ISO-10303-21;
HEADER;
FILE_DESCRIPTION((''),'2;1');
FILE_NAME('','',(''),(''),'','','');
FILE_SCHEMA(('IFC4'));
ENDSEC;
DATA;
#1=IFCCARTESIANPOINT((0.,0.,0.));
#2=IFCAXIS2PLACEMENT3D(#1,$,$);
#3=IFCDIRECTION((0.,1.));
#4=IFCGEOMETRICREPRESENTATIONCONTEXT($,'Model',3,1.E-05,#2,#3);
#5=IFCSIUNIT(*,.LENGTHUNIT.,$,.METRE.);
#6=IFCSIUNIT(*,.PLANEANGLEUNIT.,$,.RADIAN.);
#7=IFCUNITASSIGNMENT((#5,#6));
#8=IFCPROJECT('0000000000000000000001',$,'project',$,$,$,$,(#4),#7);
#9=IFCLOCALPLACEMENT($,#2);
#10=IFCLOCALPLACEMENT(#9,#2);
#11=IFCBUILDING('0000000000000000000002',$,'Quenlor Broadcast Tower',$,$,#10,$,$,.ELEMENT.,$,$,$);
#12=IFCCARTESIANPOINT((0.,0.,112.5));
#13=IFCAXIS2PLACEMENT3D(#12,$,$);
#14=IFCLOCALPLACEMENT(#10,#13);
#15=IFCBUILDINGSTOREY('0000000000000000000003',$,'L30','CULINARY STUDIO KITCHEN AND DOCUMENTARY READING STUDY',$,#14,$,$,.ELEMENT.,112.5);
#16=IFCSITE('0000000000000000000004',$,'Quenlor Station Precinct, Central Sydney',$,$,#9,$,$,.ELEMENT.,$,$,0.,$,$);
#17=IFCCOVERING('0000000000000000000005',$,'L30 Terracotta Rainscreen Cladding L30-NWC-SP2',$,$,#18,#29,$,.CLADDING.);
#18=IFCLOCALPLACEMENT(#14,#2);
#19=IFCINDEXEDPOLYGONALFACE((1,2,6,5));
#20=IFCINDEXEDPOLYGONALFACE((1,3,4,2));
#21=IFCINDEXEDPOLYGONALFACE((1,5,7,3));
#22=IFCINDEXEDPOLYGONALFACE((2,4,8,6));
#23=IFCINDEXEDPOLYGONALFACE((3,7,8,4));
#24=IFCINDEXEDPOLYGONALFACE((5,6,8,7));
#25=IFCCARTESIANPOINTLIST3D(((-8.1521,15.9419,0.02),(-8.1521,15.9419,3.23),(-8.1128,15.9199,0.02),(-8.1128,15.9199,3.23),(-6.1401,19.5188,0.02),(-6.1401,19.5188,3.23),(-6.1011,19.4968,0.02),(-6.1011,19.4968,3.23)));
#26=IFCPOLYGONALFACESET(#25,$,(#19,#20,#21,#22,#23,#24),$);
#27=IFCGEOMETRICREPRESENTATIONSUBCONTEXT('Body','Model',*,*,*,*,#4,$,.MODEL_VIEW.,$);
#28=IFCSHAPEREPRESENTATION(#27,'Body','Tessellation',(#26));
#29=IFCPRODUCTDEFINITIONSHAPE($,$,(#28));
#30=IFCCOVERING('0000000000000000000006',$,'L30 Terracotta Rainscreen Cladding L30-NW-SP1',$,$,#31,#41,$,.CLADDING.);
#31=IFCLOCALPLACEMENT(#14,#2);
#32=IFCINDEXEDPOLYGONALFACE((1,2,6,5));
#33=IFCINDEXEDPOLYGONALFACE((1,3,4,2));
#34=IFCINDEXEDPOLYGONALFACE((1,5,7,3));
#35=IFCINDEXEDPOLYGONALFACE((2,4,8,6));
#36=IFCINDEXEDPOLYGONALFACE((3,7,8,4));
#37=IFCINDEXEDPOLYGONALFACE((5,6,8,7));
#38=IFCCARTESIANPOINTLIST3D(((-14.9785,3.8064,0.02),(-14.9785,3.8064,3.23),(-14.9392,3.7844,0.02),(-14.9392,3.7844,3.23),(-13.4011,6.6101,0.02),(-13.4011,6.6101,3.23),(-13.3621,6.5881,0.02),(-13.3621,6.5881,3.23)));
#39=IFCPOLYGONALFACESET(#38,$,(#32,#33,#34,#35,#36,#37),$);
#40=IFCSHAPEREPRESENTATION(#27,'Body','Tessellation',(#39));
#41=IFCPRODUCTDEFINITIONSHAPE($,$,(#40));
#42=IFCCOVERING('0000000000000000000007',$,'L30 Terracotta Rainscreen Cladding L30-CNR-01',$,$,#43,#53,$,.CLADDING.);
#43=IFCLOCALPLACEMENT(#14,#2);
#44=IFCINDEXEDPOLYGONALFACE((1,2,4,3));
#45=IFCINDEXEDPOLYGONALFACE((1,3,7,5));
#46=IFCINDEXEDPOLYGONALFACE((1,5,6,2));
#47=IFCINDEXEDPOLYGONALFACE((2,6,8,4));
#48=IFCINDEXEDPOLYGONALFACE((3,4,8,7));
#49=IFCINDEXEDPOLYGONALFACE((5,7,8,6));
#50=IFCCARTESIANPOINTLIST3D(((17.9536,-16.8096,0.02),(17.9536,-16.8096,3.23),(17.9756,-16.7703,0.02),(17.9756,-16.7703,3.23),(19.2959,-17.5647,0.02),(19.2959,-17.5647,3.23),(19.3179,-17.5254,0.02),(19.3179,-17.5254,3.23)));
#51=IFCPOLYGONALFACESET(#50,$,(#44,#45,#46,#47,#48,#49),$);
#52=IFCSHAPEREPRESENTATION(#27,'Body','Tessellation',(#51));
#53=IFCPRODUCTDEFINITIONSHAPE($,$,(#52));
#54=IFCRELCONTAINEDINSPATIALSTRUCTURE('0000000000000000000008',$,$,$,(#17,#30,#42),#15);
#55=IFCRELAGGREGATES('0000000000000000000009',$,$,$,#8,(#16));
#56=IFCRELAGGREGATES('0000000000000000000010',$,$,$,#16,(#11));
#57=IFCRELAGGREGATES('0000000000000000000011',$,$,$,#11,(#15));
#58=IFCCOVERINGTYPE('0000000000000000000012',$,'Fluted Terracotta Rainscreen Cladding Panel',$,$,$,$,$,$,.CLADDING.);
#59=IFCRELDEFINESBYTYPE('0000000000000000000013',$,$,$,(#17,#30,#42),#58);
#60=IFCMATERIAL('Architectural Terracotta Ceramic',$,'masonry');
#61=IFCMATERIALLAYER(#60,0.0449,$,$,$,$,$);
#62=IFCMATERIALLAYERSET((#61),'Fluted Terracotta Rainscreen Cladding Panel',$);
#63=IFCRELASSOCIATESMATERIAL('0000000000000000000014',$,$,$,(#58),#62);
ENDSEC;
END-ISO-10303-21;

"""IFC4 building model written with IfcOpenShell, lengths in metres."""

from ifc_helpers import new_model, si_unit, direction, frame, origin, place, context, subcontext, project, spatial, polyline, outline, extrude, material, layer, layer_set, type_object, element, save


model = new_model("IFC4")

# Units and contexts
model_context = context("Model", 3, precision=1e-05, world=origin(), true_north=direction((0.0, 1.0)))
body_context = subcontext(model_context, "Body", "Model", "MODEL_VIEW")
ifc_project = project(units=[si_unit("LENGTHUNIT", "METRE"), si_unit("PLANEANGLEUNIT", "RADIAN")], contexts=[model_context])

# Site, building, storey
site_placement = place(None, origin())
site = spatial("IfcSite", under=ifc_project, at=site_placement, Name="Quenlor Station Precinct, Central Sydney", CompositionType="ELEMENT", RefElevation=0.0)
building_placement = place(site_placement, origin())
building = spatial("IfcBuilding", under=site, at=building_placement, Name="Quenlor Broadcast Tower", CompositionType="ELEMENT")
storey_placement = place(building_placement, frame((0.0, 0.0, 112.5)))
storey = spatial("IfcBuildingStorey", under=building, at=storey_placement, Name="L30", Description="CULINARY STUDIO KITCHEN AND DOCUMENTARY READING STUDY", CompositionType="ELEMENT", Elevation=112.5)

# Coverings
ifc_material = material(Name="Architectural Terracotta Ceramic", Category="masonry")
ifc_layer = layer(ifc_material, 0.0449)
ifc_layer_set = layer_set([ifc_layer], Name="Fluted Terracotta Rainscreen Cladding Panel")
covering_type = type_object("IfcCoveringType", Name="Fluted Terracotta Rainscreen Cladding Panel", PredefinedType="CLADDING", material=ifc_layer_set)
covering_1_placement = place(storey_placement, frame((0.0, 0.0, 0.02)))
element("IfcCovering", 1, at=covering_1_placement, inside=storey, type_object=covering_type, Name="L30 Terracotta Rainscreen Cladding L30-NWC-SP2", PredefinedType="CLADDING", context=body_context, shape_type="SweptSolid", body=[
    extrude(outline(polyline([(-8.1128, 15.9199), (-6.1011, 19.4968), (-6.1401, 19.5188), (-8.1521, 15.9419), (-8.1128, 15.9199)])), origin(), (0.0, 0.0, 1.0), 3.21),
])
covering_2_placement = place(storey_placement, frame((0.0, 0.0, 0.02)))
element("IfcCovering", 2, at=covering_2_placement, inside=storey, type_object=covering_type, Name="L30 Terracotta Rainscreen Cladding L30-NW-SP1", PredefinedType="CLADDING", context=body_context, shape_type="SweptSolid", body=[
    extrude(outline(polyline([(-14.9392, 3.7844), (-13.3621, 6.5881), (-13.4011, 6.6101), (-14.9785, 3.8064), (-14.9392, 3.7844)])), origin(), (0.0, 0.0, 1.0), 3.21),
])
covering_3_placement = place(storey_placement, frame((0.0, 0.0, 0.02)))
element("IfcCovering", 3, at=covering_3_placement, inside=storey, type_object=covering_type, Name="L30 Terracotta Rainscreen Cladding L30-CNR-01", PredefinedType="CLADDING", context=body_context, shape_type="SweptSolid", body=[
    extrude(outline(polyline([(19.3179, -17.5254), (17.9756, -16.7703), (17.9536, -16.8096), (19.2959, -17.5647), (19.3179, -17.5254)])), origin(), (0.0, 0.0, 1.0), 3.21),
])

save(model, "model.ifc")
